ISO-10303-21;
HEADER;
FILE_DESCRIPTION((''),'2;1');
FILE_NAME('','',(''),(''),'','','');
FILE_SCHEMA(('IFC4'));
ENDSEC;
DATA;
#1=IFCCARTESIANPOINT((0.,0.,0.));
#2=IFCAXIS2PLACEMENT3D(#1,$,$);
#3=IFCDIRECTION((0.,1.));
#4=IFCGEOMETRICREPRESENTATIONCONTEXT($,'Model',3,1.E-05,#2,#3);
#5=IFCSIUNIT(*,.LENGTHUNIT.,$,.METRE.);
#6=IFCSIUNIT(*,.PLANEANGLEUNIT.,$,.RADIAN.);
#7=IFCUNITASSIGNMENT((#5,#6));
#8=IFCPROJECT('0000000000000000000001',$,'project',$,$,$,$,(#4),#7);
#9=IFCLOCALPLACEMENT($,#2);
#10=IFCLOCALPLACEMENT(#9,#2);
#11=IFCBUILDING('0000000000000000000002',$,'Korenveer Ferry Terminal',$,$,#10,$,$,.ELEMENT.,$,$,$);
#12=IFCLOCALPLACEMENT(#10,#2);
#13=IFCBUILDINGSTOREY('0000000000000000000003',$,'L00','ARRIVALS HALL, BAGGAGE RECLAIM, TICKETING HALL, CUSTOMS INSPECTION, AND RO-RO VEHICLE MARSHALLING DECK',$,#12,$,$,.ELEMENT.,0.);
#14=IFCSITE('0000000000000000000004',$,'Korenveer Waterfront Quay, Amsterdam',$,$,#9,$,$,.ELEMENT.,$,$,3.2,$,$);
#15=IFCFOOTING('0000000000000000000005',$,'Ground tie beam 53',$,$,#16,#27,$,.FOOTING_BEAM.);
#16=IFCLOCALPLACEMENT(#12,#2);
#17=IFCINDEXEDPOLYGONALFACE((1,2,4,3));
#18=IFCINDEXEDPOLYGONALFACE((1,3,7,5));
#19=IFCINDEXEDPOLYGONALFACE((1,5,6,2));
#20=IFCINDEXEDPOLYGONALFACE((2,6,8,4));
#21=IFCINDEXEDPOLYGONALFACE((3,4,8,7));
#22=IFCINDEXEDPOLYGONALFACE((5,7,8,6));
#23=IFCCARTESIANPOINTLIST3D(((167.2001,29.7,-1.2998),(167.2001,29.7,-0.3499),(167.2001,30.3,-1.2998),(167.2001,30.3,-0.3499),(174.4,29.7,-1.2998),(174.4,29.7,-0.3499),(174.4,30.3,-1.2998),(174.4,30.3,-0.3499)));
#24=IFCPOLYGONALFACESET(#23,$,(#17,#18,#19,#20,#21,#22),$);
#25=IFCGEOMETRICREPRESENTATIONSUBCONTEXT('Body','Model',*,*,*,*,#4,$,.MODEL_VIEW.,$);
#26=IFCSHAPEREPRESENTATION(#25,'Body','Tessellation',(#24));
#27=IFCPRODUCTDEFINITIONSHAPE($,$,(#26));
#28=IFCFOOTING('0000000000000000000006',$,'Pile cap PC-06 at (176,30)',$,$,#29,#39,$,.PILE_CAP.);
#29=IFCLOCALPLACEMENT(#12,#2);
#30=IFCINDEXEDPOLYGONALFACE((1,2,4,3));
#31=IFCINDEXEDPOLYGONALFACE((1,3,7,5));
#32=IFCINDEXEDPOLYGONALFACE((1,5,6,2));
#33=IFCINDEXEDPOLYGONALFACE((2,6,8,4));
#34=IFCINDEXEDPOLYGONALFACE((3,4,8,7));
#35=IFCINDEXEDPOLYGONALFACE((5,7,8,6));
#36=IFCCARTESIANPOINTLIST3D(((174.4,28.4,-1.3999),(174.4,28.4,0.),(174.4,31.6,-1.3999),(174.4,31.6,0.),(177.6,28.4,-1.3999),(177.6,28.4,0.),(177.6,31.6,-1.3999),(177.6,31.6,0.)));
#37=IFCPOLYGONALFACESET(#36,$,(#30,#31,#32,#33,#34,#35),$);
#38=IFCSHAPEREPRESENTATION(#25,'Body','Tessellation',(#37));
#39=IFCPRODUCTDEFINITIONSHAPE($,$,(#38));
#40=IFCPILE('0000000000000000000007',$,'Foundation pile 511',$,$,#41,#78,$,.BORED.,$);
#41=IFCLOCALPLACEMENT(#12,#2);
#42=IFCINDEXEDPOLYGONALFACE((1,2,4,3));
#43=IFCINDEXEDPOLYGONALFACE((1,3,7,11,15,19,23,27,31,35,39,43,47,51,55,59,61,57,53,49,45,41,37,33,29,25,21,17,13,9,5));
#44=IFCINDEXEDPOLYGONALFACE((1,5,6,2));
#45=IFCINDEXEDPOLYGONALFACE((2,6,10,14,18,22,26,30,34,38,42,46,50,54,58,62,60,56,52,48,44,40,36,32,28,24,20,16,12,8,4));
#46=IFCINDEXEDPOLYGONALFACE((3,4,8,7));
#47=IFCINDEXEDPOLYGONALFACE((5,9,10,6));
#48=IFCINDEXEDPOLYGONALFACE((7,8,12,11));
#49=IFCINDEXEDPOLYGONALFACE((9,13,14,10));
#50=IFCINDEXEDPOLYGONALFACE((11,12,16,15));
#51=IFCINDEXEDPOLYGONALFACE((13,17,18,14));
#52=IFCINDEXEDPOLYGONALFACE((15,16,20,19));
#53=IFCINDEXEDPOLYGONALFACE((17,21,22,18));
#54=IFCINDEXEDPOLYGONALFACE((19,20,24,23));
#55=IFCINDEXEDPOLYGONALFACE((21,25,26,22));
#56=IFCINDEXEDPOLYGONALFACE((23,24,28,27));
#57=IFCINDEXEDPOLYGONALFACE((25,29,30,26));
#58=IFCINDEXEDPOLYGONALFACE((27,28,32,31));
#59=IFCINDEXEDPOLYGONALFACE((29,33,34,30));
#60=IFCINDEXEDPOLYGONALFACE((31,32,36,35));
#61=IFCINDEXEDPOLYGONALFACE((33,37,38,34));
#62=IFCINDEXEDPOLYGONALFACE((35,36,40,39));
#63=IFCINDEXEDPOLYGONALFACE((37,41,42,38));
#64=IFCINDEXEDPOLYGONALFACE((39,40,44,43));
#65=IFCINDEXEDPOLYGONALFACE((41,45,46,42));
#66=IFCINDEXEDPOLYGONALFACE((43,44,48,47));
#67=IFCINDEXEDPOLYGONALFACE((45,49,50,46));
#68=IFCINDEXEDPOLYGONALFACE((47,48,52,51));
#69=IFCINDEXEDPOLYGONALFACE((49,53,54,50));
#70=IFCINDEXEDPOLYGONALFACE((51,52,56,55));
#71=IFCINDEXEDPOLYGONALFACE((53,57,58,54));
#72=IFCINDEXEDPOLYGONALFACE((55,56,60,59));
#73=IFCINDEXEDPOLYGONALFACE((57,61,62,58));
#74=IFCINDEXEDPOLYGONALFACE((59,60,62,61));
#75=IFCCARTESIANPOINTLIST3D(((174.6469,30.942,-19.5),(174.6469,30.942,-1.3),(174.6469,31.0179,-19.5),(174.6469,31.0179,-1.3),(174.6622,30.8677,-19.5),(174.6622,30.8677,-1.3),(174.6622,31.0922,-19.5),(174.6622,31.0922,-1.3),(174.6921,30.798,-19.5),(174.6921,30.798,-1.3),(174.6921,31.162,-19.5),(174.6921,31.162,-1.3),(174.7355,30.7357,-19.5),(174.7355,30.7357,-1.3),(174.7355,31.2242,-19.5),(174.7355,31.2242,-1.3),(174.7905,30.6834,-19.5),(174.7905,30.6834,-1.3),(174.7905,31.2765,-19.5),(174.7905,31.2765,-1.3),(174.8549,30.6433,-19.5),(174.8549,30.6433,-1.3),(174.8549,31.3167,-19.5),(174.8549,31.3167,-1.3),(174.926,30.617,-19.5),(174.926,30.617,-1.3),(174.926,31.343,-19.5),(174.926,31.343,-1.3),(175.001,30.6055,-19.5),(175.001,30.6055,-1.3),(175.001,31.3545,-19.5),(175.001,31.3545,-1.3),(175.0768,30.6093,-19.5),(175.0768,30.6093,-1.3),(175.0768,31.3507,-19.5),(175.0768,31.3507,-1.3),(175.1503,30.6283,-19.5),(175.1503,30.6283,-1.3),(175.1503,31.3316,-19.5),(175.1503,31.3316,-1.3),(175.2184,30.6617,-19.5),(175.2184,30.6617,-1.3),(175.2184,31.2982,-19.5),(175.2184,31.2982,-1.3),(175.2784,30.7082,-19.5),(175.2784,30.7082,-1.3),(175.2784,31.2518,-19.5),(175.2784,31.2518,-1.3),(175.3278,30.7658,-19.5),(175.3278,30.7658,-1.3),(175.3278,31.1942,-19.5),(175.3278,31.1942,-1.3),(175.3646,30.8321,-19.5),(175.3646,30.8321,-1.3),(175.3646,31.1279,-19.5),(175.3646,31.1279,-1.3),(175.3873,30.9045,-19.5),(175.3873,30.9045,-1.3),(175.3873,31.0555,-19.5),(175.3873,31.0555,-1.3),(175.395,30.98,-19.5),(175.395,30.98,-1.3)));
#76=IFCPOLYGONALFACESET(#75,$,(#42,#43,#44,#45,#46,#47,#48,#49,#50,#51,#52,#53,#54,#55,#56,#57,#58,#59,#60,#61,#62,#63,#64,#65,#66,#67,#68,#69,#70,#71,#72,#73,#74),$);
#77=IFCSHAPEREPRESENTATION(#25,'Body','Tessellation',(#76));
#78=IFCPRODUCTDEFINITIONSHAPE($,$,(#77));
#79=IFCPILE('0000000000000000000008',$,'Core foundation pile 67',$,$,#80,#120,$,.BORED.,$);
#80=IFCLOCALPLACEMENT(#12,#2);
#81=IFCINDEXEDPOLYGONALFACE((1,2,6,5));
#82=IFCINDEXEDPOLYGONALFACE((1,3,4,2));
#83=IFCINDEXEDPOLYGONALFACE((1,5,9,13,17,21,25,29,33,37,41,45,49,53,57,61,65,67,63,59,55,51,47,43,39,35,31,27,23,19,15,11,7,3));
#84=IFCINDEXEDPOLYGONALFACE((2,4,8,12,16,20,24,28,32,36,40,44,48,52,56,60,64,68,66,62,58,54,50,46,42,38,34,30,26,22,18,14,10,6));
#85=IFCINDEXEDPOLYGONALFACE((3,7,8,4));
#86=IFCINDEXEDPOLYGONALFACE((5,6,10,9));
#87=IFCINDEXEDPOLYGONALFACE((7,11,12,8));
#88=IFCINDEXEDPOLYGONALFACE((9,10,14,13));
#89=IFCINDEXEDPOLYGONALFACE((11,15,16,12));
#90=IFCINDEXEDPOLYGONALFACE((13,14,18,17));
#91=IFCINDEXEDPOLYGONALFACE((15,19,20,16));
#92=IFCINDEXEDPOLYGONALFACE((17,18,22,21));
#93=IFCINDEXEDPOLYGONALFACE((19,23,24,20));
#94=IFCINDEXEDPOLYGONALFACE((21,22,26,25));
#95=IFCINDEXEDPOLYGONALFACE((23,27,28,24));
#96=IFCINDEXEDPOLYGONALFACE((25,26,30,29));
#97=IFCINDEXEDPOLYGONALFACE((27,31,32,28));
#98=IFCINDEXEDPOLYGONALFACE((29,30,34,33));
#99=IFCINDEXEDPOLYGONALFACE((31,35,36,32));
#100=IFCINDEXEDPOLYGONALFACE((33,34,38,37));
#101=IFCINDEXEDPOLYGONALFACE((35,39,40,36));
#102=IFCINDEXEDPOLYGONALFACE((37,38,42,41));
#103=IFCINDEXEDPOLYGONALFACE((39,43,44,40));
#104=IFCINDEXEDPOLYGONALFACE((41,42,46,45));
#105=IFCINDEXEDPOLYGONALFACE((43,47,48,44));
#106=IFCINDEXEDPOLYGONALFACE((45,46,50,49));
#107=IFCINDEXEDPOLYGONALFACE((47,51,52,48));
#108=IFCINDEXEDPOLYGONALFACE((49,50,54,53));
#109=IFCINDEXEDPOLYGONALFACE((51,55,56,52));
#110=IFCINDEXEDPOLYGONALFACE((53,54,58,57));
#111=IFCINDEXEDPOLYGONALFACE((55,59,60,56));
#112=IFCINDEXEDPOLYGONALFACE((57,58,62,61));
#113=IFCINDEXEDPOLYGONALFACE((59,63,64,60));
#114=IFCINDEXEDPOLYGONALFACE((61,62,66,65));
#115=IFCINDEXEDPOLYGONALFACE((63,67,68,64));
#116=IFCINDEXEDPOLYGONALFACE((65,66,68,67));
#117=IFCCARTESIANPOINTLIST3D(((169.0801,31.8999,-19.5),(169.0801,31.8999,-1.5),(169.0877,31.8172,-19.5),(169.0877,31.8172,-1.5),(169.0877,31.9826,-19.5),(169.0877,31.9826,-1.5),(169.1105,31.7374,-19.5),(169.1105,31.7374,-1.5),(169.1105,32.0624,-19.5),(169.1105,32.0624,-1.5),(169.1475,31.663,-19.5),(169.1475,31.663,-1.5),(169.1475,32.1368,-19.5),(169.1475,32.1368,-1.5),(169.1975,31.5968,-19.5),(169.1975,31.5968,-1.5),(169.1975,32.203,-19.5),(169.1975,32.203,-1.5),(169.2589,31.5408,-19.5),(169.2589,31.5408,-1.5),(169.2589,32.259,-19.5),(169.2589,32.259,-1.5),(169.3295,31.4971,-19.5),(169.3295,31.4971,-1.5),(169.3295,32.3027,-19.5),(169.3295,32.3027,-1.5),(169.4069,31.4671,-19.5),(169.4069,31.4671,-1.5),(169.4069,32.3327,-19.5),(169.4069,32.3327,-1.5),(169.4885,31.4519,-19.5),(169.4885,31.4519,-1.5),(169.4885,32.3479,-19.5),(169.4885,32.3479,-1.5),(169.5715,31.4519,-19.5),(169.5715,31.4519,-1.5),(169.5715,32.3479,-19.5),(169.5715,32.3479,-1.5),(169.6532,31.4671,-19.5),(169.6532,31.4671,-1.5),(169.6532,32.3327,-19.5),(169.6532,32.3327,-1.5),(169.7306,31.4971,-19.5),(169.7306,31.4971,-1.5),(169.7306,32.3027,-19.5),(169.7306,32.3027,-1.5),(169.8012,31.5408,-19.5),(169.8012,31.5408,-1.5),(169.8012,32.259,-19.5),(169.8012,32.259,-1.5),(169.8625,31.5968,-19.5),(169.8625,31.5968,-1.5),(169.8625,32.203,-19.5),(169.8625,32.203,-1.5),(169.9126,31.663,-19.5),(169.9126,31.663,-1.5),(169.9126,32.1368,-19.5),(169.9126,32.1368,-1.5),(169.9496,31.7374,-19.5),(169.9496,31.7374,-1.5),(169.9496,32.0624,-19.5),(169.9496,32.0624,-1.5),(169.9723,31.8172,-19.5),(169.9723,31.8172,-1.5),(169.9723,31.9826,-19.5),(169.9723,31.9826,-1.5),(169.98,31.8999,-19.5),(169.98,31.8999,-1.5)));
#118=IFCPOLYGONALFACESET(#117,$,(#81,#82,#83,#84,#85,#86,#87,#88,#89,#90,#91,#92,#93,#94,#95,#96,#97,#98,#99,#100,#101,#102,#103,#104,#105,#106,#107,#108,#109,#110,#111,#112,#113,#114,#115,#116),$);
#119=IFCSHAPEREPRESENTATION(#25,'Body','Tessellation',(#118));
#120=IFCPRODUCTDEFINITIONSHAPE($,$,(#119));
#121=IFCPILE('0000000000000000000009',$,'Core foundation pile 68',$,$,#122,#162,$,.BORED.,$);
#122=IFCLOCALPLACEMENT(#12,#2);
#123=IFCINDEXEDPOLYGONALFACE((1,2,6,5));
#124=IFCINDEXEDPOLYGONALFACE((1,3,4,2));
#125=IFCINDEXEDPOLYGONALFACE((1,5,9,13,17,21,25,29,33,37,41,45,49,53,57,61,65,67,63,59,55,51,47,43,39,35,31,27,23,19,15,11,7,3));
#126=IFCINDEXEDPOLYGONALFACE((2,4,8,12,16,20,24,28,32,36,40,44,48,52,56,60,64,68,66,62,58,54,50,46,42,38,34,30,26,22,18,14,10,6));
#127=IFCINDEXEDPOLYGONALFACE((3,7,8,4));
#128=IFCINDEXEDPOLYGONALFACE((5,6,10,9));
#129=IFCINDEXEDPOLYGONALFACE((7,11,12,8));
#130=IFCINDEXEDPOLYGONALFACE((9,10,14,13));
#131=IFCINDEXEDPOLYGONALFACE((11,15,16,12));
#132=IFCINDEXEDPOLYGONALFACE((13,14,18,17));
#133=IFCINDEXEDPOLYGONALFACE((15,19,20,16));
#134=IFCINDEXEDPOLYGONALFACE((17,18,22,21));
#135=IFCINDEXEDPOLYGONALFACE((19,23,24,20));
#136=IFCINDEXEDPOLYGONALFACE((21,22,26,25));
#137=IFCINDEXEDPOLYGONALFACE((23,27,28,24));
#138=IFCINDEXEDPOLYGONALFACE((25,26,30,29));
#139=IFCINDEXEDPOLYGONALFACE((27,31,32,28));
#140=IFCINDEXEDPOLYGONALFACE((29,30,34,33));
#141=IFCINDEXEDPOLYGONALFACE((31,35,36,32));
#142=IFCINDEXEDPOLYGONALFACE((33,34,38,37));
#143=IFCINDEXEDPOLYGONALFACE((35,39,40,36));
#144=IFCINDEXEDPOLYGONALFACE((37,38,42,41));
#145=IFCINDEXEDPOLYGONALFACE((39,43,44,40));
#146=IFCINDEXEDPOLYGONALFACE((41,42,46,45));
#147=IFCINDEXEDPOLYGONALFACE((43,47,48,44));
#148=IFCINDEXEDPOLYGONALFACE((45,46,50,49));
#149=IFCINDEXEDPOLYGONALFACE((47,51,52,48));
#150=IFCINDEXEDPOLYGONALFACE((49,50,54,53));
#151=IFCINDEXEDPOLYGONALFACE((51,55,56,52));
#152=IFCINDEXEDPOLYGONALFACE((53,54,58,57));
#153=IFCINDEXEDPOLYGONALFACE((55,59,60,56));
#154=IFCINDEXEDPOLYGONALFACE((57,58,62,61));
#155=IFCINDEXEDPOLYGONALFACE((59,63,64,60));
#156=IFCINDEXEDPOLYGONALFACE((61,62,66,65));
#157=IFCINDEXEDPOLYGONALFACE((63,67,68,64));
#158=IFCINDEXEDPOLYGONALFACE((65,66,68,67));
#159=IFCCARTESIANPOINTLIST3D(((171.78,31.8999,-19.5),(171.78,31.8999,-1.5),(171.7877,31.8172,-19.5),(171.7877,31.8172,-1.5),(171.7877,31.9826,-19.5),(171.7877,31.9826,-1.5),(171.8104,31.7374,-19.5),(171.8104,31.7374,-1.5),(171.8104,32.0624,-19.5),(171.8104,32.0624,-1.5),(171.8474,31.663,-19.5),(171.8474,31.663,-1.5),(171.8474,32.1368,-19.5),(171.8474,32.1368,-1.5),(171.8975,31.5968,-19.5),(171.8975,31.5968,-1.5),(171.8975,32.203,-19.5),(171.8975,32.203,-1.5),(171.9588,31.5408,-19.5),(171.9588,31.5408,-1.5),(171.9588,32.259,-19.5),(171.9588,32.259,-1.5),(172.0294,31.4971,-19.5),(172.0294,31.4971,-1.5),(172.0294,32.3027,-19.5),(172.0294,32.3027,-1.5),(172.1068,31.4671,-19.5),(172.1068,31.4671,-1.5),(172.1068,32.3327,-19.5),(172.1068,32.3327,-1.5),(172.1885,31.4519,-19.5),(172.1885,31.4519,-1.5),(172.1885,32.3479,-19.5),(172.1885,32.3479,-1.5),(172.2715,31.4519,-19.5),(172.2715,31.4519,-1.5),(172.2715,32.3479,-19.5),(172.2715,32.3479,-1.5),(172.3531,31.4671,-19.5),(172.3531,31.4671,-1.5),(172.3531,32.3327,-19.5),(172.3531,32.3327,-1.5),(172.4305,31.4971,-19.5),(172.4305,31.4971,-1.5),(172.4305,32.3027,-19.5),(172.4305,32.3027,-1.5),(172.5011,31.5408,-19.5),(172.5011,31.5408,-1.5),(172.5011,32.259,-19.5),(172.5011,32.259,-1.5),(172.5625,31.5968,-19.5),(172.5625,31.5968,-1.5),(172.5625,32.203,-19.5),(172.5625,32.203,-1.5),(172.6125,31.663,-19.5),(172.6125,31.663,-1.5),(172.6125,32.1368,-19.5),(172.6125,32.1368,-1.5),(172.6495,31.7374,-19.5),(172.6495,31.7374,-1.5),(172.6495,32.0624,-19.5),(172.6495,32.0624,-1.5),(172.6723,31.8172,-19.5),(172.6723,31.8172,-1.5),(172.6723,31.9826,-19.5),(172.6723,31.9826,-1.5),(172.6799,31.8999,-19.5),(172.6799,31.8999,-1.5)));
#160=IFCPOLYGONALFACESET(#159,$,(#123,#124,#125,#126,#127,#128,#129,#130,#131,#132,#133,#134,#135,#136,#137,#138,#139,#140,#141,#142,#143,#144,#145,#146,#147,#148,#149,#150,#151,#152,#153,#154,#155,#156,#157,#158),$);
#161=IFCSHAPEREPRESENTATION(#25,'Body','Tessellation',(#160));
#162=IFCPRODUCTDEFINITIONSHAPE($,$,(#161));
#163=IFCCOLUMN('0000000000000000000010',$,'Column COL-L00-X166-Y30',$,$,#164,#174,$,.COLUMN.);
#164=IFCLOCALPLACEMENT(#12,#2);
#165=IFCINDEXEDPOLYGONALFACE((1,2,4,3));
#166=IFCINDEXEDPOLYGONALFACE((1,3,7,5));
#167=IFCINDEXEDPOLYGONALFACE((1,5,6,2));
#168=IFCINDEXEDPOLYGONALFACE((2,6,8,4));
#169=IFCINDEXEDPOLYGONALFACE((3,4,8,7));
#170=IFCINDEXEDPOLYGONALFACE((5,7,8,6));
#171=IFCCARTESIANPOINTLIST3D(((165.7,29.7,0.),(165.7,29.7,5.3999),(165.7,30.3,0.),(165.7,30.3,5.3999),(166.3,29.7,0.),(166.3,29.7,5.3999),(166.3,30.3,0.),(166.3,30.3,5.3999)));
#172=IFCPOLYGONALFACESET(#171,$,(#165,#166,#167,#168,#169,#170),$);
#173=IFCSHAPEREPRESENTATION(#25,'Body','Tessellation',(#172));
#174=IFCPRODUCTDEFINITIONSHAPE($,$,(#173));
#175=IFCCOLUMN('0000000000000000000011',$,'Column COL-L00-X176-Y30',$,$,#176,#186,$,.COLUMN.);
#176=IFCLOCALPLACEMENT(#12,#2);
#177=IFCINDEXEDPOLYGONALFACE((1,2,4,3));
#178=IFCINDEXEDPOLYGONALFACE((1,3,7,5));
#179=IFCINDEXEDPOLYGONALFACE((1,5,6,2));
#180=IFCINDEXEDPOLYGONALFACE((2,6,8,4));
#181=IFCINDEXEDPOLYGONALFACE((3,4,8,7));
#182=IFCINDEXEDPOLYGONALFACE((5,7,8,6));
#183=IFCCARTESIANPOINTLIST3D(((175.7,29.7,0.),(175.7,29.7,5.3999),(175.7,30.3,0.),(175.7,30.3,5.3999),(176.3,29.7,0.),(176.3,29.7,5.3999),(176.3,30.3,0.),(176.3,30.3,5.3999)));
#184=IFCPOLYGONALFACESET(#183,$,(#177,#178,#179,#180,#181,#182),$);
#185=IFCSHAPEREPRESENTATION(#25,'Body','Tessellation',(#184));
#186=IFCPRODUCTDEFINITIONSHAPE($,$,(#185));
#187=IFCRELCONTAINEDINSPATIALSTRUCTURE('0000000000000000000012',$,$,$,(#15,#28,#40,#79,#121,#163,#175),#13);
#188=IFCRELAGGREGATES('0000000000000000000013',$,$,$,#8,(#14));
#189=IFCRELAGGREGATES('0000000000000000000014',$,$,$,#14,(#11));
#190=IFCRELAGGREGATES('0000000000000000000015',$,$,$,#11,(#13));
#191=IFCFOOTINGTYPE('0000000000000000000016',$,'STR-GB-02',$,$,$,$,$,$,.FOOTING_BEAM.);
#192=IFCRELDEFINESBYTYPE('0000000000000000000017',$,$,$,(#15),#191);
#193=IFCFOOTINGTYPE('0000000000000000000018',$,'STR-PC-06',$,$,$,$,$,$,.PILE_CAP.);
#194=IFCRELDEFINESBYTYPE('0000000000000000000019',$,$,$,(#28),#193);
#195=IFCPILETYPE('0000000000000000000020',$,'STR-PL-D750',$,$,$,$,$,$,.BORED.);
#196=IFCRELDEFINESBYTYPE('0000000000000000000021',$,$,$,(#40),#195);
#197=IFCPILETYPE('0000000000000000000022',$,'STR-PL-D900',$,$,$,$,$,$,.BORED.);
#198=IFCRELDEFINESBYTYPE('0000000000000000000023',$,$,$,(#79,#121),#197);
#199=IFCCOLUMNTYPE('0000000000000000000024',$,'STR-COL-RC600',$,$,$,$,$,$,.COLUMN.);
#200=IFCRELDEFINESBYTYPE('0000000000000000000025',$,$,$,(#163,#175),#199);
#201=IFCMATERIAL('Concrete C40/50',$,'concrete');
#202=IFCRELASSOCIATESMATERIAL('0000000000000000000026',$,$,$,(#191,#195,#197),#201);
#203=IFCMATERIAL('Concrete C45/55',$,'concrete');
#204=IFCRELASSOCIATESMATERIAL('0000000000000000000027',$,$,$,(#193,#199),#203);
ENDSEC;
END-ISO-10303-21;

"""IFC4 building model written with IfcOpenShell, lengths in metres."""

from ifc_helpers import new_model, si_unit, direction, frame, origin, origin_2d, place, context, subcontext, project, spatial, rectangle, circle, extrude, material, material_profile, profile_set, type_object, element, save


model = new_model("IFC4")

# Units and contexts
model_context = context("Model", 3, precision=1e-05, world=origin(), true_north=direction((0.0, 1.0)))
body_context = subcontext(model_context, "Body", "Model", "MODEL_VIEW")
ifc_project = project(units=[si_unit("LENGTHUNIT", "METRE"), si_unit("PLANEANGLEUNIT", "RADIAN")], contexts=[model_context])

# Site, building, storey
site_placement = place(None, origin())
site = spatial("IfcSite", under=ifc_project, at=site_placement, Name="Korenveer Waterfront Quay, Amsterdam", CompositionType="ELEMENT", RefElevation=3.2)
building_placement = place(site_placement, origin())
building = spatial("IfcBuilding", under=site, at=building_placement, Name="Korenveer Ferry Terminal", CompositionType="ELEMENT")
storey_placement = place(building_placement, origin())
storey = spatial("IfcBuildingStorey", under=building, at=storey_placement, Name="L00", Description="ARRIVALS HALL, BAGGAGE RECLAIM, TICKETING HALL, CUSTOMS INSPECTION, AND RO-RO VEHICLE MARSHALLING DECK", CompositionType="ELEMENT", Elevation=0.0)

# Footings
ifc_material_1 = material(Name="Concrete C40/50", Category="concrete")
footing_type_1 = type_object("IfcFootingType", Name="STR-GB-02", PredefinedType="FOOTING_BEAM", material=ifc_material_1)
footing_1_placement = place(storey_placement, frame((170.8, 30.0, -1.2998), z_axis=(0.0, 0.0, 1.0), x_axis=(1.0, 0.0, 0.0)))
element("IfcFooting", 1, at=footing_1_placement, inside=storey, type_object=footing_type_1, Name="Ground tie beam 53", PredefinedType="FOOTING_BEAM", context=body_context, shape_type="SweptSolid", body=[
    extrude(rectangle(XDim=7.2, YDim=0.6001, at=origin_2d()), origin(), (0.0, 0.0, 1.0), 0.95),
])
ifc_material_2 = material(Name="Concrete C45/55", Category="concrete")
footing_type_2 = type_object("IfcFootingType", Name="STR-PC-06", PredefinedType="PILE_CAP", material=ifc_material_2)
footing_2_placement = place(storey_placement, frame((176.0, 30.0, -1.3999), z_axis=(0.0, 0.0, 1.0), x_axis=(1.0, 0.0, 0.0)))
element("IfcFooting", 2, at=footing_2_placement, inside=storey, type_object=footing_type_2, Name="Pile cap PC-06 at (176,30)", PredefinedType="PILE_CAP", context=body_context, shape_type="SweptSolid", body=[
    extrude(rectangle(XDim=3.2, YDim=3.2, at=origin_2d()), origin(), (0.0, 0.0, 1.0), 1.3999),
])

# Piles
ifc_material_profile_1 = material_profile(ifc_material_1, circle(Radius=0.375, at=origin_2d()), Name="PILE D750")
ifc_profile_set_1 = profile_set([ifc_material_profile_1], Name="Concrete C40/50")
pile_type_1 = type_object("IfcPileType", Name="STR-PL-D750", PredefinedType="BORED", material=ifc_profile_set_1)
pile_placement = place(storey_placement, frame((175.02, 30.98, -1.3), z_axis=(0.0, 0.0, -1.0), x_axis=(1.0, 0.0, 0.0)))
element("IfcPile", 3, at=pile_placement, inside=storey, type_object=pile_type_1, Name="Foundation pile 511", PredefinedType="BORED", context=body_context, shape_type="SweptSolid", body=[
    extrude(circle(Radius=0.375, at=origin_2d()), origin(), (0.0, 0.0, 1.0), 18.2),
])
ifc_material_profile_2 = material_profile(ifc_material_1, circle(Radius=0.45, at=origin_2d()), Name="PILE D900")
ifc_profile_set_2 = profile_set([ifc_material_profile_2], Name="Concrete C40/50")
pile_type_2 = type_object("IfcPileType", Name="STR-PL-D900", PredefinedType="BORED", material=ifc_profile_set_2)
for number, where, z_axis, x_axis, name in (
    (4, (169.53, 31.8999, -1.5), (0.0, 0.0, -1.0), (1.0, 0.0, 0.0), "Core foundation pile 67"),
    (5, (172.23, 31.8999, -1.5), (0.0, 0.0, -1.0), (1.0, 0.0, 0.0), "Core foundation pile 68"),
):
    element("IfcPile", number, at=place(storey_placement, frame(where, z_axis=z_axis, x_axis=x_axis)), inside=storey, type_object=pile_type_2, Name=name, PredefinedType="BORED", context=body_context, shape_type="SweptSolid", body=[
        extrude(circle(Radius=0.45, at=origin_2d()), origin(), (0.0, 0.0, 1.0), 18.0),
    ])

# Columns
ifc_material_profile_3 = material_profile(ifc_material_2, rectangle(XDim=0.6001, YDim=0.6001, at=origin_2d()), Name="RC 600x600")
ifc_profile_set_3 = profile_set([ifc_material_profile_3], Name="Concrete C45/55")
column_type = type_object("IfcColumnType", Name="STR-COL-RC600", PredefinedType="COLUMN", material=ifc_profile_set_3)
for number, where, z_axis, x_axis, name in (
    (6, (166.0, 30.0, 0.0), (0.0, 0.0, 1.0), (1.0, 0.0, 0.0), "Column COL-L00-X166-Y30"),
    (7, (176.0, 30.0, 0.0), (0.0, 0.0, 1.0), (1.0, 0.0, 0.0), "Column COL-L00-X176-Y30"),
):
    element("IfcColumn", number, at=place(storey_placement, frame(where, z_axis=z_axis, x_axis=x_axis)), inside=storey, type_object=column_type, Name=name, PredefinedType="COLUMN", context=body_context, shape_type="SweptSolid", body=[
        extrude(rectangle(XDim=0.6001, YDim=0.6001, at=origin_2d()), origin(), (0.0, 0.0, 1.0), 5.3999),
    ])

save(model, "model.ifc")
